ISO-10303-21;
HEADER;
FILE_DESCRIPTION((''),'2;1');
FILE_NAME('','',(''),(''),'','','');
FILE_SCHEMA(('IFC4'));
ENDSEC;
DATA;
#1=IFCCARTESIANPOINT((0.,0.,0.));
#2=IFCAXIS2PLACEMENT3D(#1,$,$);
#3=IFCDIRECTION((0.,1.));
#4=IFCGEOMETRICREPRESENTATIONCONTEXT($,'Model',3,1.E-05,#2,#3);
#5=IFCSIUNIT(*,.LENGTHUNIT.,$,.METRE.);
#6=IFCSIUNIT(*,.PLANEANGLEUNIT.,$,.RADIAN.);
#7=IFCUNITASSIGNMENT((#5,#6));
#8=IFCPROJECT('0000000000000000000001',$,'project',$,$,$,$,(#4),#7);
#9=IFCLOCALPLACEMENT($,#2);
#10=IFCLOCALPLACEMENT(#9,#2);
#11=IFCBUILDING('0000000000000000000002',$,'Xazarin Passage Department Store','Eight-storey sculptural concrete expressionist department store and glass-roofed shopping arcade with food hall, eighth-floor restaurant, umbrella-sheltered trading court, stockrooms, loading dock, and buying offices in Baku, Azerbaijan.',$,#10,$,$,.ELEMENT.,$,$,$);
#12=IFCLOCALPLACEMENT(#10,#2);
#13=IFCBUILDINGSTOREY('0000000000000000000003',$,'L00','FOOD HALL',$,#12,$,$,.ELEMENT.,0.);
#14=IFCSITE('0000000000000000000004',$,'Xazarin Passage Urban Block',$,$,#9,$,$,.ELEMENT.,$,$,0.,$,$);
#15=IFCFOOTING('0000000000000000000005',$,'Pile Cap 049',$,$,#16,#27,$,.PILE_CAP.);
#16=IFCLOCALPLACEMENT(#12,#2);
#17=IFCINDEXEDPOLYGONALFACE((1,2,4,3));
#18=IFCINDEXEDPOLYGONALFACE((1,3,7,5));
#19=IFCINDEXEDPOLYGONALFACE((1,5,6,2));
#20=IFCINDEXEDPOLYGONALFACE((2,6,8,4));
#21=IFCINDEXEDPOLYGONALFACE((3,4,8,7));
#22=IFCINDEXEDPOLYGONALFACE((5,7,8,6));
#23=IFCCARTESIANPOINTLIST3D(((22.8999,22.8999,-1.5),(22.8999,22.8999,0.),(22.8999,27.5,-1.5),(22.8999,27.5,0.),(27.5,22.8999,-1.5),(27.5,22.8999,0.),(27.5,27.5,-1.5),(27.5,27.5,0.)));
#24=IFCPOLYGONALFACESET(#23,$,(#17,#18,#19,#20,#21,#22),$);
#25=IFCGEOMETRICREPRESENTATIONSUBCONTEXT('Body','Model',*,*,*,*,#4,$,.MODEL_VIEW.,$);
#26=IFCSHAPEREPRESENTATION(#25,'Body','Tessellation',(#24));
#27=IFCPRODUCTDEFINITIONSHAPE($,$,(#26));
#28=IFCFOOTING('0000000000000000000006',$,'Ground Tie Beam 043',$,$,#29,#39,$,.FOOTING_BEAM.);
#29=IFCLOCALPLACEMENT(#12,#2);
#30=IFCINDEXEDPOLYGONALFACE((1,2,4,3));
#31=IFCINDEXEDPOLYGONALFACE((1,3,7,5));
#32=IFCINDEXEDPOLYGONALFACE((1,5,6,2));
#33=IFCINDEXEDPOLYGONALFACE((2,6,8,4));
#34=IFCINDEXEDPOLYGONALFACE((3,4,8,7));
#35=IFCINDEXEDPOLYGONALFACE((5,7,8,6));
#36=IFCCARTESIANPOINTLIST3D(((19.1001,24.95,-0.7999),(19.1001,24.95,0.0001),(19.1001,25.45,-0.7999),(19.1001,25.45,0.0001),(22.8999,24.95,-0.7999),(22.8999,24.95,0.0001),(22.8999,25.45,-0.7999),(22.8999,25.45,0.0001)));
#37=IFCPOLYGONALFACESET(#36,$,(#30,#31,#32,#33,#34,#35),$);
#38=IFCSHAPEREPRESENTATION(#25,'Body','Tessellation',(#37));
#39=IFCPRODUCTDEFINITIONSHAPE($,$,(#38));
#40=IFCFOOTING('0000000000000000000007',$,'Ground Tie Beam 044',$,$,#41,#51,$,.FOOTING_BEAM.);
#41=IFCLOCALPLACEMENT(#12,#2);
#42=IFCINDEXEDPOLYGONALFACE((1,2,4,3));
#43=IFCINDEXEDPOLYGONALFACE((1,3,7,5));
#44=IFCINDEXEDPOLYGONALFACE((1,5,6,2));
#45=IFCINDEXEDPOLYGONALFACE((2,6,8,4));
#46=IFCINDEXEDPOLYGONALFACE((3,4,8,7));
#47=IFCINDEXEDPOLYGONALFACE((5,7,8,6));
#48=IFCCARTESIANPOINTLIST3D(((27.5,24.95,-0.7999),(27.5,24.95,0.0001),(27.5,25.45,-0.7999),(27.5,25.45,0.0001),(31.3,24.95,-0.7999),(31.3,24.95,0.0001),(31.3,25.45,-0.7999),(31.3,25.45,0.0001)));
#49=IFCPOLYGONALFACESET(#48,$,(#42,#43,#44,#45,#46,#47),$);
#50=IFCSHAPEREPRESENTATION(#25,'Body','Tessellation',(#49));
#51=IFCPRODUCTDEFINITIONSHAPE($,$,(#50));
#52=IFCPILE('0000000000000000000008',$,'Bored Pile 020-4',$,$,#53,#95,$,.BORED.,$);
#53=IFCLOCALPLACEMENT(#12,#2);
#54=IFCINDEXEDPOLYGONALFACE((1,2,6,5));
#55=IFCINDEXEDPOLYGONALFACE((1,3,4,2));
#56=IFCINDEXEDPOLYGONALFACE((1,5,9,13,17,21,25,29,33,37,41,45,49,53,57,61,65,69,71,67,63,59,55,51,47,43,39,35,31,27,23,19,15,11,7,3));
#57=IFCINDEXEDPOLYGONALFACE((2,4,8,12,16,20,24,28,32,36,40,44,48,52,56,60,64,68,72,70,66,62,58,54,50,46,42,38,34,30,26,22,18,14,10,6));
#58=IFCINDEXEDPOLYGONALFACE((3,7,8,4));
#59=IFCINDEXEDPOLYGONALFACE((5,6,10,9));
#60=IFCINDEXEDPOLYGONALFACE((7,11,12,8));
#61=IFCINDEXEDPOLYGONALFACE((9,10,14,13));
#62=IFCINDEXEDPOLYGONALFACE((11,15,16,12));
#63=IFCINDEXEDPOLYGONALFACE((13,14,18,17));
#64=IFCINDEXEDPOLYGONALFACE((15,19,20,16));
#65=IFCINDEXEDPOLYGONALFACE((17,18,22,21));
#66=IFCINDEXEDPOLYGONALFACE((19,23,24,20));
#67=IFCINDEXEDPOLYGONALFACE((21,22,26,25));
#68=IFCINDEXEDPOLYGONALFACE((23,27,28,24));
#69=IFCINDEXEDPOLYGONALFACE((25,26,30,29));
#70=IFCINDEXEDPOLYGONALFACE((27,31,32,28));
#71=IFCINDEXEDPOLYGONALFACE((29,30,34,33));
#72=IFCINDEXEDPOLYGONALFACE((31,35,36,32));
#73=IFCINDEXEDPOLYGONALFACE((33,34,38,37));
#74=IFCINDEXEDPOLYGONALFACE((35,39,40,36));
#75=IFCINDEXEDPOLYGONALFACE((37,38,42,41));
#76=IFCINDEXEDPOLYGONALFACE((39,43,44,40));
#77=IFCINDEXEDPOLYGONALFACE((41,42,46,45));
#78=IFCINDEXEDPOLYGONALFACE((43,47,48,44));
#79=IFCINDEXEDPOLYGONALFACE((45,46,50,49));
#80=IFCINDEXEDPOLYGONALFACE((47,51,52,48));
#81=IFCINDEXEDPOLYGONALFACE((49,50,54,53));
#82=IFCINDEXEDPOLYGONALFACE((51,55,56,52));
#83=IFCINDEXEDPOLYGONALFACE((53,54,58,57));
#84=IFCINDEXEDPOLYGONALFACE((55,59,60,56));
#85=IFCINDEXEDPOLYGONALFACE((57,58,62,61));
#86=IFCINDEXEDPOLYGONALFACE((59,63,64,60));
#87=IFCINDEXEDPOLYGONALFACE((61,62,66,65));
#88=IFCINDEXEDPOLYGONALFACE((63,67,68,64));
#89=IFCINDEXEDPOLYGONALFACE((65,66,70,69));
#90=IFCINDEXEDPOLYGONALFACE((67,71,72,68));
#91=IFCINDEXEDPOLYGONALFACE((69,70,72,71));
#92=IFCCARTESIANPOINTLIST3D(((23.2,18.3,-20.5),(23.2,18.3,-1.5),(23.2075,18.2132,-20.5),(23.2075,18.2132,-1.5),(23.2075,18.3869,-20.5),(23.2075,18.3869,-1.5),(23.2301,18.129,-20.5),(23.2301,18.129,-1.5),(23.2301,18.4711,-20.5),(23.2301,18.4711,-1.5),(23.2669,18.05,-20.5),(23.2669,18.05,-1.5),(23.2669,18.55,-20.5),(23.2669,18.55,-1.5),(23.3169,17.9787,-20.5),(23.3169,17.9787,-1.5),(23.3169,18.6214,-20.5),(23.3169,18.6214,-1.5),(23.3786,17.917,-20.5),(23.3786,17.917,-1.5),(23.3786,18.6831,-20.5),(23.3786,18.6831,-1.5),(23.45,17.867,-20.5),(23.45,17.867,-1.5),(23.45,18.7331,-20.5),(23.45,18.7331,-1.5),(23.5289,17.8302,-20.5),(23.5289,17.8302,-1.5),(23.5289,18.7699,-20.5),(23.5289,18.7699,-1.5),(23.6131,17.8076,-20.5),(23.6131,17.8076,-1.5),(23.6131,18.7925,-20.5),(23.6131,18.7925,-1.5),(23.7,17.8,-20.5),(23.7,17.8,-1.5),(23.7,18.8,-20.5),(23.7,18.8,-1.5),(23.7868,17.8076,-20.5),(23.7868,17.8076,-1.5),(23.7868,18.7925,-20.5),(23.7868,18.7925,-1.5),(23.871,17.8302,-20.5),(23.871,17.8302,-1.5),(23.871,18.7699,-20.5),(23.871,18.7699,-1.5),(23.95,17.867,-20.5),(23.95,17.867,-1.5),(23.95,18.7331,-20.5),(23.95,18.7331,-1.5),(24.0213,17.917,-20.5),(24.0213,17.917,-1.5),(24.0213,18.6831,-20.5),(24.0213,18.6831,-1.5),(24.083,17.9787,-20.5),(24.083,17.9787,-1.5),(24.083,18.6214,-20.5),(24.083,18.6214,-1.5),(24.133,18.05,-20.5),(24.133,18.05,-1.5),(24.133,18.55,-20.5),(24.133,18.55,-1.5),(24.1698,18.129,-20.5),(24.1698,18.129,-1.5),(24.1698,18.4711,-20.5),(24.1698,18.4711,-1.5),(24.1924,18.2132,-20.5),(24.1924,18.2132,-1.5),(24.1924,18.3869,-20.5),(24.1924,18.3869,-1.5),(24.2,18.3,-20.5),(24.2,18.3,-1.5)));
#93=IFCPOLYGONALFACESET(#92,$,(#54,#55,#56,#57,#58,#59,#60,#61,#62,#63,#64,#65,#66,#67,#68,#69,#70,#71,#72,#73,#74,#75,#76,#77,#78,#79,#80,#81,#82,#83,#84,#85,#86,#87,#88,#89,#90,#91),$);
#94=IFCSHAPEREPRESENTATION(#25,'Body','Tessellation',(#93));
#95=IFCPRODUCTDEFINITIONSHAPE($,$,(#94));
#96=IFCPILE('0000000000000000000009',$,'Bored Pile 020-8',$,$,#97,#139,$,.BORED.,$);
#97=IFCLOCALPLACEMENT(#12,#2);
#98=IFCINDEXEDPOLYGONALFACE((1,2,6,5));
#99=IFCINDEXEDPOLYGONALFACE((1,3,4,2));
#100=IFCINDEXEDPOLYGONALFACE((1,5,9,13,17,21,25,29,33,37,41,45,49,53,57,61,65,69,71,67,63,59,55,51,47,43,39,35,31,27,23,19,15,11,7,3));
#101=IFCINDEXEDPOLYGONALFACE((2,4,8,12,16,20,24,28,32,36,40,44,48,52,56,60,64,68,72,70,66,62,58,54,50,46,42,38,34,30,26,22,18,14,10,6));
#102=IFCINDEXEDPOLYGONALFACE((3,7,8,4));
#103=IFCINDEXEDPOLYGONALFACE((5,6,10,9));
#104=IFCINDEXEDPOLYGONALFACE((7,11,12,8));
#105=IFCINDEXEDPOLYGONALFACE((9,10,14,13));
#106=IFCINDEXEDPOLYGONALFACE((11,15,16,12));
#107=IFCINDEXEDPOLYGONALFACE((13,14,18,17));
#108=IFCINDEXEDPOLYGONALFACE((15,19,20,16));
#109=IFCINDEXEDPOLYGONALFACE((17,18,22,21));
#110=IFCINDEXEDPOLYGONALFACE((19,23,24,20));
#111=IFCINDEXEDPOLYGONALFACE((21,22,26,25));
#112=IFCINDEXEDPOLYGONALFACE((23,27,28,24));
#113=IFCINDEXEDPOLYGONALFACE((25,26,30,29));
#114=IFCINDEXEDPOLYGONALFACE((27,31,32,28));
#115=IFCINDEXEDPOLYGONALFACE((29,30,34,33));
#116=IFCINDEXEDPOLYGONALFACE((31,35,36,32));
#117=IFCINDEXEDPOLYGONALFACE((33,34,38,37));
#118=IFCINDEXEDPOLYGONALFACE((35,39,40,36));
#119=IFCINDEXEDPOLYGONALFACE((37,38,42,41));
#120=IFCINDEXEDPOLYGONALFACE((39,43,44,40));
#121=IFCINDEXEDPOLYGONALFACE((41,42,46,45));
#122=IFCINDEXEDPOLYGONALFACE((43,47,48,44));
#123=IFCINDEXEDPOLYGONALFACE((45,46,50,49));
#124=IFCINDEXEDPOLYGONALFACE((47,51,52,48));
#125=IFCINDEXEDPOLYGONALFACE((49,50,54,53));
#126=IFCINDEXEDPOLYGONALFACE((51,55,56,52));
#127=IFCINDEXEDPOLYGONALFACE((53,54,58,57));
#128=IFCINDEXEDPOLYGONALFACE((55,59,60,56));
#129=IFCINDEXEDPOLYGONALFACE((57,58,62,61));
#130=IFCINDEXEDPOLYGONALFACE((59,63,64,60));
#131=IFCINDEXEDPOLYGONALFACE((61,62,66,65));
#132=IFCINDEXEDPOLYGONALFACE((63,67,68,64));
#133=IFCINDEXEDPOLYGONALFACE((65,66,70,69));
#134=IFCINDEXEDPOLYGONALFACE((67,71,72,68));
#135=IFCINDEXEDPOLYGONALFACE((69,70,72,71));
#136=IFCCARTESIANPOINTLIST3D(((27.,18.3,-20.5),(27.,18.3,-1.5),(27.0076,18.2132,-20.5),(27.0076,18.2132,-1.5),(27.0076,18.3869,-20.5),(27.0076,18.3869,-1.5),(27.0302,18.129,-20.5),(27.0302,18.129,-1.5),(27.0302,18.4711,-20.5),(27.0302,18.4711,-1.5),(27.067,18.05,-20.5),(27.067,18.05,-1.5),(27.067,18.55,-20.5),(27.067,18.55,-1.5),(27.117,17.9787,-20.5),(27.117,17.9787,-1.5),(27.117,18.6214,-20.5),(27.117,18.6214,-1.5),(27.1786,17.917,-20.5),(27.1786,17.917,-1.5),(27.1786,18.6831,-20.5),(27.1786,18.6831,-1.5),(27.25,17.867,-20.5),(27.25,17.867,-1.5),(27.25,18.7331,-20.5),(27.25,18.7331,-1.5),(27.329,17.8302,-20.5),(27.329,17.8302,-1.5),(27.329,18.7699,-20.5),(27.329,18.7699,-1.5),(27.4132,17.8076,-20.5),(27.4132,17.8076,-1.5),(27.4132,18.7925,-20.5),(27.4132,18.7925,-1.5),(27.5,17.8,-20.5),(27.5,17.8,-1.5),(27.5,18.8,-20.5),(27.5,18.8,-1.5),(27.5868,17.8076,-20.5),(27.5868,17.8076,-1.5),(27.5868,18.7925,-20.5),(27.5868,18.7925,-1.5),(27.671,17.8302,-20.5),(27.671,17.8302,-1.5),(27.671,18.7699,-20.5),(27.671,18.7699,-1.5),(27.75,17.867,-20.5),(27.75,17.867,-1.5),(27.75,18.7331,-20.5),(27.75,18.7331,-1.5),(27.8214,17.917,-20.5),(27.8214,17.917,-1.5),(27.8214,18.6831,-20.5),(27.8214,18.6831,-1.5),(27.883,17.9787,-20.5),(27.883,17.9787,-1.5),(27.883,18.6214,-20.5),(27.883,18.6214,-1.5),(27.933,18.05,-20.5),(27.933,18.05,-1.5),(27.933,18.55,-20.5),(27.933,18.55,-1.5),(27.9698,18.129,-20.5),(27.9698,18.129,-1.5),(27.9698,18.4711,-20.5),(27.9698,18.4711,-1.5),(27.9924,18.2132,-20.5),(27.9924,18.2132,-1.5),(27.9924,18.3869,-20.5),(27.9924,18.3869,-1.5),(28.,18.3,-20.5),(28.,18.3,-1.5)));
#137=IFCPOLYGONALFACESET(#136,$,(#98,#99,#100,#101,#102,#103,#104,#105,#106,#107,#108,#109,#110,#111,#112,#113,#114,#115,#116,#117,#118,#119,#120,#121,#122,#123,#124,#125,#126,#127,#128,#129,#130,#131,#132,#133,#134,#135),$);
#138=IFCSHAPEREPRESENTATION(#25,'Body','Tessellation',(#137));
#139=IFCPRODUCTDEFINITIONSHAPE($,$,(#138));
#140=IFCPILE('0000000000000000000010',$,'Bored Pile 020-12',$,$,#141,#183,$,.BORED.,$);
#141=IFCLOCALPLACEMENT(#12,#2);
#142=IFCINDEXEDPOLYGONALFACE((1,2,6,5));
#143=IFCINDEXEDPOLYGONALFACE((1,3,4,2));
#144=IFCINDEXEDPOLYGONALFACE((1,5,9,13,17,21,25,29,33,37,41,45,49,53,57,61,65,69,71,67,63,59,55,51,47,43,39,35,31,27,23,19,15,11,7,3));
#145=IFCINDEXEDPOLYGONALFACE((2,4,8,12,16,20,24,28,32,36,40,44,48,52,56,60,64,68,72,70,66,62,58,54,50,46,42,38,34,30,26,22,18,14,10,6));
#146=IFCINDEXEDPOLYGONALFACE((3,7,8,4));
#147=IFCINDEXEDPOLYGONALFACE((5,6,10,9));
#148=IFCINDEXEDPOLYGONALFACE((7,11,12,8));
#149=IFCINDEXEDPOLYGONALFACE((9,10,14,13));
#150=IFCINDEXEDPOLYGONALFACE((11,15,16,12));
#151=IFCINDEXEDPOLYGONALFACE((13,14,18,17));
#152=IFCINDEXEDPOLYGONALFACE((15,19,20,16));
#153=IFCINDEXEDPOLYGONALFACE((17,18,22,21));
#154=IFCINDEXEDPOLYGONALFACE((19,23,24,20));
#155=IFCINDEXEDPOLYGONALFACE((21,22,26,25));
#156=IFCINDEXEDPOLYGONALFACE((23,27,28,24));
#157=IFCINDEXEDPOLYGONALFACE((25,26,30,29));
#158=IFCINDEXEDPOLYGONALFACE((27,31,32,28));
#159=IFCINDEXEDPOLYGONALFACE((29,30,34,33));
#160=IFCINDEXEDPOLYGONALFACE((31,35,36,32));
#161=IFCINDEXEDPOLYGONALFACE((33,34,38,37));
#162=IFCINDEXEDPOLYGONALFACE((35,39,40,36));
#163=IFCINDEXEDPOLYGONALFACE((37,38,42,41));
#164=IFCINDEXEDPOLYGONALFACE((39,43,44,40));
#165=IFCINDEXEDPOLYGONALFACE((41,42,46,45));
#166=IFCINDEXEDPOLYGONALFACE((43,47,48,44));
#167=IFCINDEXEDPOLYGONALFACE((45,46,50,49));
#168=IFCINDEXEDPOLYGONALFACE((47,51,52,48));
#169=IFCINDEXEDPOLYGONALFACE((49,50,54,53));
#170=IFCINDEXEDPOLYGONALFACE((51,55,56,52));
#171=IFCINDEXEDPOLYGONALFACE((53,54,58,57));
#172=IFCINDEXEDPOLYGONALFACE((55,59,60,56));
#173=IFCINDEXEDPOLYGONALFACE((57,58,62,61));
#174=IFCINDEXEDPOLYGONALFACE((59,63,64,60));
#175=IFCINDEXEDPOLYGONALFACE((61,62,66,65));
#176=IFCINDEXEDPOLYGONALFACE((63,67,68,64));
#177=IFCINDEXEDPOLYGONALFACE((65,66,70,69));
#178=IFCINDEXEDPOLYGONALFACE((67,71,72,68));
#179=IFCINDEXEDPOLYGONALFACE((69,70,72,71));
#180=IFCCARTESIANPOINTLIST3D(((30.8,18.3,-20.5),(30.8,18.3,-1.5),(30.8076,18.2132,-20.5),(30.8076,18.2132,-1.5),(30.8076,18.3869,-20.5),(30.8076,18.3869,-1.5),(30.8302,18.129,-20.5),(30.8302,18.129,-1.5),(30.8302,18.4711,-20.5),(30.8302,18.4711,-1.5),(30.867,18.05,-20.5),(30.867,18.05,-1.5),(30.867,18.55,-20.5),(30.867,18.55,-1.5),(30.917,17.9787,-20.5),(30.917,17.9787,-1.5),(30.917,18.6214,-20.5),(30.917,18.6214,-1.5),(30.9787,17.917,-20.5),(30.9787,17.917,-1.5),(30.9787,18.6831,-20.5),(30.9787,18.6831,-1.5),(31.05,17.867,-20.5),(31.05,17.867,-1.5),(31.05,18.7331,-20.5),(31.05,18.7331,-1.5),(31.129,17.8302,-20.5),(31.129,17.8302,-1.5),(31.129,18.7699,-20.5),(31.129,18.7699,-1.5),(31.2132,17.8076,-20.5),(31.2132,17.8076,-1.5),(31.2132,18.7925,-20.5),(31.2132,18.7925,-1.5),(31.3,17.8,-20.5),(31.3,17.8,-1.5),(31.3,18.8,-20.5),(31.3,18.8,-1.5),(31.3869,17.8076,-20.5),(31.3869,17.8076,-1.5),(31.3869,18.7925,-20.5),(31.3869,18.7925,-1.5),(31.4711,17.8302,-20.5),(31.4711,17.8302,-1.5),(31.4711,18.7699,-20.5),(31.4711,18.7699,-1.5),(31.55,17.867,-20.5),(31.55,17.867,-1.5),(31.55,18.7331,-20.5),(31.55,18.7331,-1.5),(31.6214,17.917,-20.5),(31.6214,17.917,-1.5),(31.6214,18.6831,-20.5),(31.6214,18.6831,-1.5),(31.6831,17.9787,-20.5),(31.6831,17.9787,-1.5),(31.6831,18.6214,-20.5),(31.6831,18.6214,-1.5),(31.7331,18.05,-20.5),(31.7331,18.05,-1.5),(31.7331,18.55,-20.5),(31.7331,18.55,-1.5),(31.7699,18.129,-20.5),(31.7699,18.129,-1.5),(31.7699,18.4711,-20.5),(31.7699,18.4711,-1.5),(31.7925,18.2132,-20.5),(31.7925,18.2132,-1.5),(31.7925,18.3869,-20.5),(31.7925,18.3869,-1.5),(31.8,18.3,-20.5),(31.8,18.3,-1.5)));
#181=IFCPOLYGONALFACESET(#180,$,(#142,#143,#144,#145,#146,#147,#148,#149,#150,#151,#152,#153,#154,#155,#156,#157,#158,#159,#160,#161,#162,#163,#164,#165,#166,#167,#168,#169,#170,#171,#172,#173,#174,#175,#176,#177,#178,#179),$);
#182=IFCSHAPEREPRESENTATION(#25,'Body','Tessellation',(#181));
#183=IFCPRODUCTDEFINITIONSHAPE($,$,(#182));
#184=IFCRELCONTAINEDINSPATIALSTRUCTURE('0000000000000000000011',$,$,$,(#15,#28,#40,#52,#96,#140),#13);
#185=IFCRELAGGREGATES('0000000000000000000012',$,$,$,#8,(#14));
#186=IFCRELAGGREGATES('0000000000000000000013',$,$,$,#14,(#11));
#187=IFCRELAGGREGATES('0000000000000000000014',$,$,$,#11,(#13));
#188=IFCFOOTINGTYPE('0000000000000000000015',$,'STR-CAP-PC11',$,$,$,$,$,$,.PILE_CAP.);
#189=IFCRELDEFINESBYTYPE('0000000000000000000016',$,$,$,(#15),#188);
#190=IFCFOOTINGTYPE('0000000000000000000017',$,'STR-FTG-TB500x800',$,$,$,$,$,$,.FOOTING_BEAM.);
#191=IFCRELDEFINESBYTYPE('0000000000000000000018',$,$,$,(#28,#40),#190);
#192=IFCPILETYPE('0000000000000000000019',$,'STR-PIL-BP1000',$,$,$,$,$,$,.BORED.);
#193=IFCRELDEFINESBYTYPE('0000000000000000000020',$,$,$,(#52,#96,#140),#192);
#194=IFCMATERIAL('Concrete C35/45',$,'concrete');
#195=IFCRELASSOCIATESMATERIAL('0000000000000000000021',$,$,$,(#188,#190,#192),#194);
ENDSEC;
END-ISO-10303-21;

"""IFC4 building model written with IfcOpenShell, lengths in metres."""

from ifc_helpers import new_model, si_unit, direction, frame, origin, origin_2d, place, context, subcontext, project, spatial, rectangle, circle, extrude, material, material_profile, profile_set, type_object, element, save


model = new_model("IFC4")

# Units and contexts
model_context = context("Model", 3, precision=1e-05, world=origin(), true_north=direction((0.0, 1.0)))
body_context = subcontext(model_context, "Body", "Model", "MODEL_VIEW")
ifc_project = project(units=[si_unit("LENGTHUNIT", "METRE"), si_unit("PLANEANGLEUNIT", "RADIAN")], contexts=[model_context])

# Site, building, storey
site_placement = place(None, origin())
site = spatial("IfcSite", under=ifc_project, at=site_placement, Name="Xazarin Passage Urban Block", CompositionType="ELEMENT", RefElevation=0.0)
building_placement = place(site_placement, origin())
building = spatial("IfcBuilding", under=site, at=building_placement, Name="Xazarin Passage Department Store", Description="Eight-storey sculptural concrete expressionist department store and glass-roofed shopping arcade with food hall, eighth-floor restaurant, umbrella-sheltered trading court, stockrooms, loading dock, and buying offices in Baku, Azerbaijan.", CompositionType="ELEMENT")
storey_placement = place(building_placement, origin())
storey = spatial("IfcBuildingStorey", under=building, at=storey_placement, Name="L00", Description="FOOD HALL", CompositionType="ELEMENT", Elevation=0.0)

# Footings
ifc_material_1 = material(Name="Concrete C35/45", Category="concrete")
footing_type_1 = type_object("IfcFootingType", Name="STR-CAP-PC11", PredefinedType="PILE_CAP", material=ifc_material_1)
footing_1_placement = place(storey_placement, frame((25.2, 25.2, -1.5), z_axis=(0.0, 0.0, 1.0), x_axis=(1.0, 0.0, 0.0)))
element("IfcFooting", 1, at=footing_1_placement, inside=storey, type_object=footing_type_1, Name="Pile Cap 049", PredefinedType="PILE_CAP", context=body_context, shape_type="SweptSolid", body=[
    extrude(rectangle(XDim=4.6001, YDim=4.6001, at=origin_2d()), origin(), (0.0, 0.0, 1.0), 1.5),
])
ifc_material_profile_1 = material_profile(ifc_material_1, rectangle(XDim=0.5, YDim=0.8, at=origin_2d()), Name="RC 500x800")
ifc_profile_set_1 = profile_set([ifc_material_profile_1], Name="Concrete C35/45")
footing_type_2 = type_object("IfcFootingType", Name="STR-FTG-TB500x800", PredefinedType="FOOTING_BEAM", material=ifc_profile_set_1)
footing_2_placement = place(storey_placement, frame((19.1001, 25.2, -0.3999), z_axis=(1.0, 0.0, 0.0), x_axis=(0.0, 1.0, 0.0)))
element("IfcFooting", 2, at=footing_2_placement, inside=storey, type_object=footing_type_2, Name="Ground Tie Beam 043", PredefinedType="FOOTING_BEAM", context=body_context, shape_type="SweptSolid", body=[
    extrude(rectangle(XDim=0.5, YDim=0.8, at=origin_2d()), origin(), (0.0, 0.0, 1.0), 3.7998),
])
footing_3_placement = place(storey_placement, frame((27.5, 25.2, -0.3999), z_axis=(1.0, 0.0, 0.0), x_axis=(0.0, 1.0, 0.0)))
element("IfcFooting", 3, at=footing_3_placement, inside=storey, type_object=footing_type_2, Name="Ground Tie Beam 044", PredefinedType="FOOTING_BEAM", context=body_context, shape_type="SweptSolid", body=[
    extrude(rectangle(XDim=0.5, YDim=0.8, at=origin_2d()), origin(), (0.0, 0.0, 1.0), 3.8),
])

# Piles
ifc_material_profile_2 = material_profile(ifc_material_1, circle(Radius=0.5, at=origin_2d()), Name="BP 1000")
ifc_profile_set_2 = profile_set([ifc_material_profile_2], Name="Concrete C35/45")
pile_type_1 = type_object("IfcPileType", Name="STR-PIL-BP1000", PredefinedType="BORED", material=ifc_profile_set_2)
for number, where, z_axis, x_axis, name in (
    (4, (23.7, 18.3, -1.5), (0.0, 0.0, -1.0), (1.0, 0.0, 0.0), "Bored Pile 020-4"),
    (5, (27.5, 18.3, -1.5), (0.0, 0.0, -1.0), (1.0, 0.0, 0.0), "Bored Pile 020-8"),
    (6, (31.3, 18.3, -1.5), (0.0, 0.0, -1.0), (1.0, 0.0, 0.0), "Bored Pile 020-12"),
):
    element("IfcPile", number, at=place(storey_placement, frame(where, z_axis=z_axis, x_axis=x_axis)), inside=storey, type_object=pile_type_1, Name=name, PredefinedType="BORED", context=body_context, shape_type="SweptSolid", body=[
        extrude(circle(Radius=0.5, at=origin_2d()), origin(), (0.0, 0.0, 1.0), 19.0),
    ])

save(model, "model.ifc")
